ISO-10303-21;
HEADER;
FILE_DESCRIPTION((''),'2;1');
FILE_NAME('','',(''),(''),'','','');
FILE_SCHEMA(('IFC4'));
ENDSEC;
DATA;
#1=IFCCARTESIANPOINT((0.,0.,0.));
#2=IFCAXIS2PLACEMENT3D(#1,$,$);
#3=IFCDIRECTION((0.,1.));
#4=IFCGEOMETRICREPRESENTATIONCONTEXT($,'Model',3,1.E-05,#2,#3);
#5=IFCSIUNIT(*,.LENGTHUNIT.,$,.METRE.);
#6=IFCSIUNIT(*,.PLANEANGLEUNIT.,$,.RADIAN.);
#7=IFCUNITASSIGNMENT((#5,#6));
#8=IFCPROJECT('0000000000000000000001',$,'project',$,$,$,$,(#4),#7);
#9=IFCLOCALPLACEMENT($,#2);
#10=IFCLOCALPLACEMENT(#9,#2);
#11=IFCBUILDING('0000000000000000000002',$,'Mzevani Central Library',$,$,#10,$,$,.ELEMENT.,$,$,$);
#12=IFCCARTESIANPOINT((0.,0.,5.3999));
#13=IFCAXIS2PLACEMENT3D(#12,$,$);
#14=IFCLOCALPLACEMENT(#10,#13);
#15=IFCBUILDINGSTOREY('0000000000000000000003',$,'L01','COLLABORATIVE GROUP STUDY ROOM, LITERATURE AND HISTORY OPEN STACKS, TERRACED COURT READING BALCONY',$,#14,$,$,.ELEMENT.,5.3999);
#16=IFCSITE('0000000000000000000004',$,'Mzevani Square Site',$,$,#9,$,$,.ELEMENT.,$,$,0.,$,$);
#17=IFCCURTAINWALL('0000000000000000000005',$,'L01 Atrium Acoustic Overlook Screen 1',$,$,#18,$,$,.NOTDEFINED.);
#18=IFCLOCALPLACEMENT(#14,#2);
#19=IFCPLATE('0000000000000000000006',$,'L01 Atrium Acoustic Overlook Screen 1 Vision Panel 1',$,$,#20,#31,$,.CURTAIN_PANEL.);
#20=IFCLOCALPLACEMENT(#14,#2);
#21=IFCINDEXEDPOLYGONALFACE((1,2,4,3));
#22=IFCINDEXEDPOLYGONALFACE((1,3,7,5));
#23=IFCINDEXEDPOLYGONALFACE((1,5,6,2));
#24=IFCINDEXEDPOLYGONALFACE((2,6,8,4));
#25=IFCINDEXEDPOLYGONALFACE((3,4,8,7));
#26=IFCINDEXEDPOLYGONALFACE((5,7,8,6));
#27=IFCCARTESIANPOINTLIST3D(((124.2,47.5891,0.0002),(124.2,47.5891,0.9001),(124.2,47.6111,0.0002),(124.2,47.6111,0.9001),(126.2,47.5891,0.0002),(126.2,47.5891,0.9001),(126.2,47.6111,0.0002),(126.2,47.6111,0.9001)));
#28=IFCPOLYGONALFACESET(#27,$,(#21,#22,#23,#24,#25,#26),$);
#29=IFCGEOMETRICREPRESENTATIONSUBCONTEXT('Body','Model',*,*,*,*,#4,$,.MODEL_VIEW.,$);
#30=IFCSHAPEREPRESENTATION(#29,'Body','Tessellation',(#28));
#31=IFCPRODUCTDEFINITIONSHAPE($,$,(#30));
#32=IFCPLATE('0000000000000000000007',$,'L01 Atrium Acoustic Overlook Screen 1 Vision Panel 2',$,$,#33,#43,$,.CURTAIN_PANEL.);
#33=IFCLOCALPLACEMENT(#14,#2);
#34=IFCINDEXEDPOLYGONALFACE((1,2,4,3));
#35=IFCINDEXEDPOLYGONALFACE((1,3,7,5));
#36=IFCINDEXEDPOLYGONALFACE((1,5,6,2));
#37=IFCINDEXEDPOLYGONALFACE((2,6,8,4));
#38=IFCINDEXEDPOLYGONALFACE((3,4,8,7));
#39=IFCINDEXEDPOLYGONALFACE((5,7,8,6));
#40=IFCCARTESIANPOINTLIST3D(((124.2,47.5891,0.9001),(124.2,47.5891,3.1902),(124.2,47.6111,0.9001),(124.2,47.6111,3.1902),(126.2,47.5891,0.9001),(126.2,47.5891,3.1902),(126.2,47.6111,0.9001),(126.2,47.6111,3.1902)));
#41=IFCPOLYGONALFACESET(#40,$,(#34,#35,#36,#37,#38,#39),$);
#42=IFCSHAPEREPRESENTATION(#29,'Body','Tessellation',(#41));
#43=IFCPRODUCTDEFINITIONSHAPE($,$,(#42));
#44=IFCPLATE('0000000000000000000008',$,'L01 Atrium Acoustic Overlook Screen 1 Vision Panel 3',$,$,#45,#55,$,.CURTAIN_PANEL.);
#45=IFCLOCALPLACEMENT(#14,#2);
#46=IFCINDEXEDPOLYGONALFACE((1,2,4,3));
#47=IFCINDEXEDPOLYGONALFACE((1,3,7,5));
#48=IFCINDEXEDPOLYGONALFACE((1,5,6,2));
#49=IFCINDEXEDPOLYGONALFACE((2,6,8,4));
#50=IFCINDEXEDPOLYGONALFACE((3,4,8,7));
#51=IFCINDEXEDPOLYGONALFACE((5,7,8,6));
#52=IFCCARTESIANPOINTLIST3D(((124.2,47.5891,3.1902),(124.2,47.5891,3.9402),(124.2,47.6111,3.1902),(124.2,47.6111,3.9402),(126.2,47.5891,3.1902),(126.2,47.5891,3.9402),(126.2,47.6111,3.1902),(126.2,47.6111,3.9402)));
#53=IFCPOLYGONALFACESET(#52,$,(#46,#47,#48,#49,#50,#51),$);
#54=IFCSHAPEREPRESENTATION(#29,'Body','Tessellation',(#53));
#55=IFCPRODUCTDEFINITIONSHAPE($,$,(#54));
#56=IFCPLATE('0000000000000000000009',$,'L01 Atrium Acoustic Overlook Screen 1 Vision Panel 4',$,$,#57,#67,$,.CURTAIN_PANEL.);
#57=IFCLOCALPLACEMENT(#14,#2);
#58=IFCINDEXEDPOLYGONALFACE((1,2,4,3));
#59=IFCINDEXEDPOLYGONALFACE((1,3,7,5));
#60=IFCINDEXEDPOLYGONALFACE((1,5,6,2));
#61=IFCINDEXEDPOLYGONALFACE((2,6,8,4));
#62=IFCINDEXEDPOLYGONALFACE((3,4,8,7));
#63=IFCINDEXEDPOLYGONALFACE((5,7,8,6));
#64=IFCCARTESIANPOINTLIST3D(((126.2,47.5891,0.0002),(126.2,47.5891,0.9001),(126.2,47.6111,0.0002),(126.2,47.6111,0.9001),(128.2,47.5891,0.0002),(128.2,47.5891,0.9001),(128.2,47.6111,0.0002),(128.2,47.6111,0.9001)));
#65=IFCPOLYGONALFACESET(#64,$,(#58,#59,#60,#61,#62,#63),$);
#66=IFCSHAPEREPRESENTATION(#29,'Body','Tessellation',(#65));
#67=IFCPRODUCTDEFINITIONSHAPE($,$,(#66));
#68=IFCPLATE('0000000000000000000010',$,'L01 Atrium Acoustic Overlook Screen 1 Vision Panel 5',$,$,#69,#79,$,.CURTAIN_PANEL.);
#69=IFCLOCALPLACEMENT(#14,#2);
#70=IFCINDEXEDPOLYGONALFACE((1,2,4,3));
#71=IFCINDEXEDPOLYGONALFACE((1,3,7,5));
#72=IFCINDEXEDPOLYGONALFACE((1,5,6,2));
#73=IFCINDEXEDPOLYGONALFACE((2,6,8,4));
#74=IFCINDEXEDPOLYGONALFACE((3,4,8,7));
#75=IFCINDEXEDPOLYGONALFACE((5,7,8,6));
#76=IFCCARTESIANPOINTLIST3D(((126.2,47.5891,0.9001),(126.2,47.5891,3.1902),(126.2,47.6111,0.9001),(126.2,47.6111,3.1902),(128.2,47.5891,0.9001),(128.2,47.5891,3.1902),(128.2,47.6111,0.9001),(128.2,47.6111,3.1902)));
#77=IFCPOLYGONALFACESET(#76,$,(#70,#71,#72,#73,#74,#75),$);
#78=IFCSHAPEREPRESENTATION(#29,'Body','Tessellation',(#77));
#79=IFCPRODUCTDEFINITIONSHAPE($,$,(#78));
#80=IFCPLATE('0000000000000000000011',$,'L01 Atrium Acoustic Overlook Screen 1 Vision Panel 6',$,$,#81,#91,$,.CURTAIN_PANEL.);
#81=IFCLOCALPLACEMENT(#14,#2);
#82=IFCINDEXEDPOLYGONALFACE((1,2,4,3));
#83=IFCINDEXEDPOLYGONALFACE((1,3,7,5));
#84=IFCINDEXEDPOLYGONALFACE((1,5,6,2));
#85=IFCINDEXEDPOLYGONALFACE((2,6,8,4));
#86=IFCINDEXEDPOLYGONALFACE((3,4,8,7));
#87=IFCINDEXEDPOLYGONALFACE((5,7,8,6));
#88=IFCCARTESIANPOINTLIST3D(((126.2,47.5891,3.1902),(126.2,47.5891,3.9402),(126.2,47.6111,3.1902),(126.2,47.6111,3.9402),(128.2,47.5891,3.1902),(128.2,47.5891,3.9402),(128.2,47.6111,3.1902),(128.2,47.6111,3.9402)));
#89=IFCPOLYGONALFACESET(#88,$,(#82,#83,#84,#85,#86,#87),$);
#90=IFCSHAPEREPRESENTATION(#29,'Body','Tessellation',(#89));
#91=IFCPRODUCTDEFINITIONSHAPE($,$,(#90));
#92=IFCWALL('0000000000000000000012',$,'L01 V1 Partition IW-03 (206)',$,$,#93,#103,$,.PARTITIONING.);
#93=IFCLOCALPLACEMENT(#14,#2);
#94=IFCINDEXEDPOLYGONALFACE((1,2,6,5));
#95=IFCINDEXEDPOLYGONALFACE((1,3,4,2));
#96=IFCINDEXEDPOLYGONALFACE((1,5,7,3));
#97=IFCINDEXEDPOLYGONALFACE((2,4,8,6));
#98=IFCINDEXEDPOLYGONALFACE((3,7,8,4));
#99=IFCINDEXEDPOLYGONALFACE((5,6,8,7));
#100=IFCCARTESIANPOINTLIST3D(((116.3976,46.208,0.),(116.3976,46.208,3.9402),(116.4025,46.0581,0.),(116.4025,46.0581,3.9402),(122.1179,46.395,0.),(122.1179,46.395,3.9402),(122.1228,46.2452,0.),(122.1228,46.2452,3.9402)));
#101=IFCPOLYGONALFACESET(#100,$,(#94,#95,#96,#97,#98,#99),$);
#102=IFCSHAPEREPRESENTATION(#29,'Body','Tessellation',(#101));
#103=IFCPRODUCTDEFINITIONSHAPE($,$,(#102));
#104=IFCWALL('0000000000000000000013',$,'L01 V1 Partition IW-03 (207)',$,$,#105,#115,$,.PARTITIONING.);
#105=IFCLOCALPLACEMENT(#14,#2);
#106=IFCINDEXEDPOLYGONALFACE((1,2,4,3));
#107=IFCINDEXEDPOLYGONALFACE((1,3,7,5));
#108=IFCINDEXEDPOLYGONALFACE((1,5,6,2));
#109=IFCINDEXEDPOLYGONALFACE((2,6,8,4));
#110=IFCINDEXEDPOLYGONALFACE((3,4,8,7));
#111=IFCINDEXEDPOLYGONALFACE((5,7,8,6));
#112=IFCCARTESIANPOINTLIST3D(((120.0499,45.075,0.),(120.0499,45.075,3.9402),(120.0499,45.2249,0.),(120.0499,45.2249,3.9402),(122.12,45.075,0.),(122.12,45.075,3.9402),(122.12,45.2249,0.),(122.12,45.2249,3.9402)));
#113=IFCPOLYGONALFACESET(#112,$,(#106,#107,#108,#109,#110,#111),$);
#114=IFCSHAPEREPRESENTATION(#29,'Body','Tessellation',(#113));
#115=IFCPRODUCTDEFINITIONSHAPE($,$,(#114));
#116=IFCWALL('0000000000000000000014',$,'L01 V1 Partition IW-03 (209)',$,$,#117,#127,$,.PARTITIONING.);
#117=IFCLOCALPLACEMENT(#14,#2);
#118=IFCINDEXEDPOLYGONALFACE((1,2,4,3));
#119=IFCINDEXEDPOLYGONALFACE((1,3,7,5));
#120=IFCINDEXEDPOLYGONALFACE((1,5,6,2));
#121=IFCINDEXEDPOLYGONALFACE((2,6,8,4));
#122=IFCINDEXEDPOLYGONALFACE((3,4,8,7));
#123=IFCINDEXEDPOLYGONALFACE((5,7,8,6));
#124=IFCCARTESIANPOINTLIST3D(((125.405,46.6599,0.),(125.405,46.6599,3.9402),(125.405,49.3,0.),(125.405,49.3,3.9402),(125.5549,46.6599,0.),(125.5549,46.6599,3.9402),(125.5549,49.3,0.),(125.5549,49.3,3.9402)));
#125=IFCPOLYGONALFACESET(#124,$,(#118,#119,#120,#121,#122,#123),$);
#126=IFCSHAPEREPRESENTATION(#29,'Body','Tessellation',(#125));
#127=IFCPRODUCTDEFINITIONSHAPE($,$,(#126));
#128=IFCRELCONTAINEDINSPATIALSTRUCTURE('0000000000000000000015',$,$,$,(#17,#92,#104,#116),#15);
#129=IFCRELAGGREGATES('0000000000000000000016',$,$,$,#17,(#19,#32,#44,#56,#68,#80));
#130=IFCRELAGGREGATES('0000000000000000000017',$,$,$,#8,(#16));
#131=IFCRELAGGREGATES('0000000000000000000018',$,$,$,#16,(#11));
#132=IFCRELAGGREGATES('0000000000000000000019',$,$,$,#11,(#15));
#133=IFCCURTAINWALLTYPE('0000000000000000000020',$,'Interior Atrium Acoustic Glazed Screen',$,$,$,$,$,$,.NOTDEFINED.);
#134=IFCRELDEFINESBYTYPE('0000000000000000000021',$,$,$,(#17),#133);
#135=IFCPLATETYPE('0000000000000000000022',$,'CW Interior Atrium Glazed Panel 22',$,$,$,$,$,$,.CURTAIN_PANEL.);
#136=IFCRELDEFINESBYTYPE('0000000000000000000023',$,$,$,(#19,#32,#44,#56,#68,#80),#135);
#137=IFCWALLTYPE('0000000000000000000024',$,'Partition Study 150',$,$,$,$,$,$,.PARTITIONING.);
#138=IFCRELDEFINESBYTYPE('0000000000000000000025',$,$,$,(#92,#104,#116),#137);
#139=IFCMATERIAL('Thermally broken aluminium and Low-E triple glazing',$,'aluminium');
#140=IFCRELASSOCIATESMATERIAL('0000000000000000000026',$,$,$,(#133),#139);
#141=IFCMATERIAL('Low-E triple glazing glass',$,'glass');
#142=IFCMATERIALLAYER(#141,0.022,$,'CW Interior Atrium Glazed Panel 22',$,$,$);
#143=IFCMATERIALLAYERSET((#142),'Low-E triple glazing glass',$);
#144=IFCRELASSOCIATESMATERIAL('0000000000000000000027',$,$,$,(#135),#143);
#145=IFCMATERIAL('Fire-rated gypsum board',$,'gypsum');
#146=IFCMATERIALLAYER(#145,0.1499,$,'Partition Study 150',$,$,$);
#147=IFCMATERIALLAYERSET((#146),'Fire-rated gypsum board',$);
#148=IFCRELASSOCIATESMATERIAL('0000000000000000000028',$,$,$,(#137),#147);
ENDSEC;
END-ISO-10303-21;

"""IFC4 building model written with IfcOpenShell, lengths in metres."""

from ifc_helpers import new_model, si_unit, direction, frame, frame_2d, origin, origin_2d, place, context, subcontext, project, spatial, rectangle, extrude, material, layer, layer_set, type_object, element, aggregate, save


model = new_model("IFC4")

# Units and contexts
model_context = context("Model", 3, precision=1e-05, world=origin(), true_north=direction((0.0, 1.0)))
body_context = subcontext(model_context, "Body", "Model", "MODEL_VIEW")
ifc_project = project(units=[si_unit("LENGTHUNIT", "METRE"), si_unit("PLANEANGLEUNIT", "RADIAN")], contexts=[model_context])

# Site, building, storey
site_placement = place(None, origin())
site = spatial("IfcSite", under=ifc_project, at=site_placement, Name="Mzevani Square Site", CompositionType="ELEMENT", RefElevation=0.0)
building_placement = place(site_placement, origin())
building = spatial("IfcBuilding", under=site, at=building_placement, Name="Mzevani Central Library", CompositionType="ELEMENT")
storey_placement = place(building_placement, frame((0.0, 0.0, 5.3999)))
storey = spatial("IfcBuildingStorey", under=building, at=storey_placement, Name="L01", Description="COLLABORATIVE GROUP STUDY ROOM, LITERATURE AND HISTORY OPEN STACKS, TERRACED COURT READING BALCONY", CompositionType="ELEMENT", Elevation=5.3999)

# Curtain wall
ifc_material_1 = material(Name="Thermally broken aluminium and Low-E triple glazing", Category="aluminium")
curtain_wall_type = type_object("IfcCurtainWallType", Name="Interior Atrium Acoustic Glazed Screen", PredefinedType="NOTDEFINED", material=ifc_material_1)
curtain_wall_placement = place(storey_placement, origin())
curtain_wall = element("IfcCurtainWall", 1, at=curtain_wall_placement, inside=storey, type_object=curtain_wall_type, Name="L01 Atrium Acoustic Overlook Screen 1", PredefinedType="NOTDEFINED")

# Plates
ifc_material_2 = material(Name="Low-E triple glazing glass", Category="glass")
ifc_layer_1 = layer(ifc_material_2, 0.022, Name="CW Interior Atrium Glazed Panel 22")
ifc_layer_set_1 = layer_set([ifc_layer_1], Name="Low-E triple glazing glass")
plate_type = type_object("IfcPlateType", Name="CW Interior Atrium Glazed Panel 22", PredefinedType="CURTAIN_PANEL", material=ifc_layer_set_1)
plate_1_placement = place(storey_placement, frame((125.2, 47.6001, 0.0002), z_axis=(0.0, 0.0, 1.0), x_axis=(1.0, 0.0, 0.0)))
plate_1 = element("IfcPlate", 2, at=plate_1_placement, type_object=plate_type, Name="L01 Atrium Acoustic Overlook Screen 1 Vision Panel 1", PredefinedType="CURTAIN_PANEL", context=body_context, shape_type="SweptSolid", body=[
    extrude(rectangle(XDim=2.0, YDim=0.022, at=origin_2d()), origin(), (0.0, 0.0, 1.0), 0.8999),
])
plate_2_placement = place(storey_placement, frame((125.2, 47.6001, 0.9001), z_axis=(0.0, 0.0, 1.0), x_axis=(1.0, 0.0, 0.0)))
plate_2 = element("IfcPlate", 3, at=plate_2_placement, type_object=plate_type, Name="L01 Atrium Acoustic Overlook Screen 1 Vision Panel 2", PredefinedType="CURTAIN_PANEL", context=body_context, shape_type="SweptSolid", body=[
    extrude(rectangle(XDim=2.0, YDim=0.022, at=origin_2d()), origin(), (0.0, 0.0, 1.0), 2.29),
])
plate_3_placement = place(storey_placement, frame((125.2, 47.6001, 3.1902), z_axis=(0.0, 0.0, 1.0), x_axis=(1.0, 0.0, 0.0)))
plate_3 = element("IfcPlate", 4, at=plate_3_placement, type_object=plate_type, Name="L01 Atrium Acoustic Overlook Screen 1 Vision Panel 3", PredefinedType="CURTAIN_PANEL", context=body_context, shape_type="SweptSolid", body=[
    extrude(rectangle(XDim=2.0, YDim=0.022, at=origin_2d()), origin(), (0.0, 0.0, 1.0), 0.75),
])
plate_4_placement = place(storey_placement, frame((127.2, 47.6001, 0.0002), z_axis=(0.0, 0.0, 1.0), x_axis=(1.0, 0.0, 0.0)))
plate_4 = element("IfcPlate", 5, at=plate_4_placement, type_object=plate_type, Name="L01 Atrium Acoustic Overlook Screen 1 Vision Panel 4", PredefinedType="CURTAIN_PANEL", context=body_context, shape_type="SweptSolid", body=[
    extrude(rectangle(XDim=2.0, YDim=0.022, at=origin_2d()), origin(), (0.0, 0.0, 1.0), 0.8999),
])
plate_5_placement = place(storey_placement, frame((127.2, 47.6001, 0.9001), z_axis=(0.0, 0.0, 1.0), x_axis=(1.0, 0.0, 0.0)))
plate_5 = element("IfcPlate", 6, at=plate_5_placement, type_object=plate_type, Name="L01 Atrium Acoustic Overlook Screen 1 Vision Panel 5", PredefinedType="CURTAIN_PANEL", context=body_context, shape_type="SweptSolid", body=[
    extrude(rectangle(XDim=2.0, YDim=0.022, at=origin_2d()), origin(), (0.0, 0.0, 1.0), 2.29),
])
plate_6_placement = place(storey_placement, frame((127.2, 47.6001, 3.1902), z_axis=(0.0, 0.0, 1.0), x_axis=(1.0, 0.0, 0.0)))
plate_6 = element("IfcPlate", 7, at=plate_6_placement, type_object=plate_type, Name="L01 Atrium Acoustic Overlook Screen 1 Vision Panel 6", PredefinedType="CURTAIN_PANEL", context=body_context, shape_type="SweptSolid", body=[
    extrude(rectangle(XDim=2.0, YDim=0.022, at=origin_2d()), origin(), (0.0, 0.0, 1.0), 0.75),
])
aggregate(curtain_wall, [plate_1, plate_2, plate_3, plate_4, plate_5, plate_6])

# Walls
ifc_material_3 = material(Name="Fire-rated gypsum board", Category="gypsum")
ifc_layer_2 = layer(ifc_material_3, 0.1499, Name="Partition Study 150")
ifc_layer_set_2 = layer_set([ifc_layer_2], Name="Fire-rated gypsum board")
wall_type = type_object("IfcWallType", Name="Partition Study 150", PredefinedType="PARTITIONING", material=ifc_layer_set_2)
wall_1_placement = place(storey_placement, frame((116.3999, 46.1331, 0.0), z_axis=(0.0, 0.0, 1.0), x_axis=(0.999466, 0.032676, 0.0)))
element("IfcWall", 8, at=wall_1_placement, inside=storey, type_object=wall_type, Name="L01 V1 Partition IW-03 (206)", PredefinedType="PARTITIONING", context=body_context, shape_type="SweptSolid", body=[
    extrude(rectangle(XDim=5.7234, YDim=0.1499, at=frame_2d((2.8618, 0.0))), origin(), (0.0, 0.0, 1.0), 3.9402),
])
wall_2_placement = place(storey_placement, frame((122.1201, 45.1499, 0.0), z_axis=(0.0, 0.0, 1.0), x_axis=(-1.0, 0.0, 0.0)))
element("IfcWall", 9, at=wall_2_placement, inside=storey, type_object=wall_type, Name="L01 V1 Partition IW-03 (207)", PredefinedType="PARTITIONING", context=body_context, shape_type="SweptSolid", body=[
    extrude(rectangle(XDim=2.0701, YDim=0.1499, at=frame_2d((1.0352, 0.0))), origin(), (0.0, 0.0, 1.0), 3.9402),
])
wall_3_placement = place(storey_placement, frame((125.48, 46.6599, 0.0), z_axis=(0.0, 0.0, 1.0), x_axis=(0.0, 1.0, 0.0)))
element("IfcWall", 10, at=wall_3_placement, inside=storey, type_object=wall_type, Name="L01 V1 Partition IW-03 (209)", PredefinedType="PARTITIONING", context=body_context, shape_type="SweptSolid", body=[
    extrude(rectangle(XDim=2.6401, YDim=0.1499, at=frame_2d((1.3201, 0.0))), origin(), (0.0, 0.0, 1.0), 3.9402),
])

save(model, "model.ifc")
